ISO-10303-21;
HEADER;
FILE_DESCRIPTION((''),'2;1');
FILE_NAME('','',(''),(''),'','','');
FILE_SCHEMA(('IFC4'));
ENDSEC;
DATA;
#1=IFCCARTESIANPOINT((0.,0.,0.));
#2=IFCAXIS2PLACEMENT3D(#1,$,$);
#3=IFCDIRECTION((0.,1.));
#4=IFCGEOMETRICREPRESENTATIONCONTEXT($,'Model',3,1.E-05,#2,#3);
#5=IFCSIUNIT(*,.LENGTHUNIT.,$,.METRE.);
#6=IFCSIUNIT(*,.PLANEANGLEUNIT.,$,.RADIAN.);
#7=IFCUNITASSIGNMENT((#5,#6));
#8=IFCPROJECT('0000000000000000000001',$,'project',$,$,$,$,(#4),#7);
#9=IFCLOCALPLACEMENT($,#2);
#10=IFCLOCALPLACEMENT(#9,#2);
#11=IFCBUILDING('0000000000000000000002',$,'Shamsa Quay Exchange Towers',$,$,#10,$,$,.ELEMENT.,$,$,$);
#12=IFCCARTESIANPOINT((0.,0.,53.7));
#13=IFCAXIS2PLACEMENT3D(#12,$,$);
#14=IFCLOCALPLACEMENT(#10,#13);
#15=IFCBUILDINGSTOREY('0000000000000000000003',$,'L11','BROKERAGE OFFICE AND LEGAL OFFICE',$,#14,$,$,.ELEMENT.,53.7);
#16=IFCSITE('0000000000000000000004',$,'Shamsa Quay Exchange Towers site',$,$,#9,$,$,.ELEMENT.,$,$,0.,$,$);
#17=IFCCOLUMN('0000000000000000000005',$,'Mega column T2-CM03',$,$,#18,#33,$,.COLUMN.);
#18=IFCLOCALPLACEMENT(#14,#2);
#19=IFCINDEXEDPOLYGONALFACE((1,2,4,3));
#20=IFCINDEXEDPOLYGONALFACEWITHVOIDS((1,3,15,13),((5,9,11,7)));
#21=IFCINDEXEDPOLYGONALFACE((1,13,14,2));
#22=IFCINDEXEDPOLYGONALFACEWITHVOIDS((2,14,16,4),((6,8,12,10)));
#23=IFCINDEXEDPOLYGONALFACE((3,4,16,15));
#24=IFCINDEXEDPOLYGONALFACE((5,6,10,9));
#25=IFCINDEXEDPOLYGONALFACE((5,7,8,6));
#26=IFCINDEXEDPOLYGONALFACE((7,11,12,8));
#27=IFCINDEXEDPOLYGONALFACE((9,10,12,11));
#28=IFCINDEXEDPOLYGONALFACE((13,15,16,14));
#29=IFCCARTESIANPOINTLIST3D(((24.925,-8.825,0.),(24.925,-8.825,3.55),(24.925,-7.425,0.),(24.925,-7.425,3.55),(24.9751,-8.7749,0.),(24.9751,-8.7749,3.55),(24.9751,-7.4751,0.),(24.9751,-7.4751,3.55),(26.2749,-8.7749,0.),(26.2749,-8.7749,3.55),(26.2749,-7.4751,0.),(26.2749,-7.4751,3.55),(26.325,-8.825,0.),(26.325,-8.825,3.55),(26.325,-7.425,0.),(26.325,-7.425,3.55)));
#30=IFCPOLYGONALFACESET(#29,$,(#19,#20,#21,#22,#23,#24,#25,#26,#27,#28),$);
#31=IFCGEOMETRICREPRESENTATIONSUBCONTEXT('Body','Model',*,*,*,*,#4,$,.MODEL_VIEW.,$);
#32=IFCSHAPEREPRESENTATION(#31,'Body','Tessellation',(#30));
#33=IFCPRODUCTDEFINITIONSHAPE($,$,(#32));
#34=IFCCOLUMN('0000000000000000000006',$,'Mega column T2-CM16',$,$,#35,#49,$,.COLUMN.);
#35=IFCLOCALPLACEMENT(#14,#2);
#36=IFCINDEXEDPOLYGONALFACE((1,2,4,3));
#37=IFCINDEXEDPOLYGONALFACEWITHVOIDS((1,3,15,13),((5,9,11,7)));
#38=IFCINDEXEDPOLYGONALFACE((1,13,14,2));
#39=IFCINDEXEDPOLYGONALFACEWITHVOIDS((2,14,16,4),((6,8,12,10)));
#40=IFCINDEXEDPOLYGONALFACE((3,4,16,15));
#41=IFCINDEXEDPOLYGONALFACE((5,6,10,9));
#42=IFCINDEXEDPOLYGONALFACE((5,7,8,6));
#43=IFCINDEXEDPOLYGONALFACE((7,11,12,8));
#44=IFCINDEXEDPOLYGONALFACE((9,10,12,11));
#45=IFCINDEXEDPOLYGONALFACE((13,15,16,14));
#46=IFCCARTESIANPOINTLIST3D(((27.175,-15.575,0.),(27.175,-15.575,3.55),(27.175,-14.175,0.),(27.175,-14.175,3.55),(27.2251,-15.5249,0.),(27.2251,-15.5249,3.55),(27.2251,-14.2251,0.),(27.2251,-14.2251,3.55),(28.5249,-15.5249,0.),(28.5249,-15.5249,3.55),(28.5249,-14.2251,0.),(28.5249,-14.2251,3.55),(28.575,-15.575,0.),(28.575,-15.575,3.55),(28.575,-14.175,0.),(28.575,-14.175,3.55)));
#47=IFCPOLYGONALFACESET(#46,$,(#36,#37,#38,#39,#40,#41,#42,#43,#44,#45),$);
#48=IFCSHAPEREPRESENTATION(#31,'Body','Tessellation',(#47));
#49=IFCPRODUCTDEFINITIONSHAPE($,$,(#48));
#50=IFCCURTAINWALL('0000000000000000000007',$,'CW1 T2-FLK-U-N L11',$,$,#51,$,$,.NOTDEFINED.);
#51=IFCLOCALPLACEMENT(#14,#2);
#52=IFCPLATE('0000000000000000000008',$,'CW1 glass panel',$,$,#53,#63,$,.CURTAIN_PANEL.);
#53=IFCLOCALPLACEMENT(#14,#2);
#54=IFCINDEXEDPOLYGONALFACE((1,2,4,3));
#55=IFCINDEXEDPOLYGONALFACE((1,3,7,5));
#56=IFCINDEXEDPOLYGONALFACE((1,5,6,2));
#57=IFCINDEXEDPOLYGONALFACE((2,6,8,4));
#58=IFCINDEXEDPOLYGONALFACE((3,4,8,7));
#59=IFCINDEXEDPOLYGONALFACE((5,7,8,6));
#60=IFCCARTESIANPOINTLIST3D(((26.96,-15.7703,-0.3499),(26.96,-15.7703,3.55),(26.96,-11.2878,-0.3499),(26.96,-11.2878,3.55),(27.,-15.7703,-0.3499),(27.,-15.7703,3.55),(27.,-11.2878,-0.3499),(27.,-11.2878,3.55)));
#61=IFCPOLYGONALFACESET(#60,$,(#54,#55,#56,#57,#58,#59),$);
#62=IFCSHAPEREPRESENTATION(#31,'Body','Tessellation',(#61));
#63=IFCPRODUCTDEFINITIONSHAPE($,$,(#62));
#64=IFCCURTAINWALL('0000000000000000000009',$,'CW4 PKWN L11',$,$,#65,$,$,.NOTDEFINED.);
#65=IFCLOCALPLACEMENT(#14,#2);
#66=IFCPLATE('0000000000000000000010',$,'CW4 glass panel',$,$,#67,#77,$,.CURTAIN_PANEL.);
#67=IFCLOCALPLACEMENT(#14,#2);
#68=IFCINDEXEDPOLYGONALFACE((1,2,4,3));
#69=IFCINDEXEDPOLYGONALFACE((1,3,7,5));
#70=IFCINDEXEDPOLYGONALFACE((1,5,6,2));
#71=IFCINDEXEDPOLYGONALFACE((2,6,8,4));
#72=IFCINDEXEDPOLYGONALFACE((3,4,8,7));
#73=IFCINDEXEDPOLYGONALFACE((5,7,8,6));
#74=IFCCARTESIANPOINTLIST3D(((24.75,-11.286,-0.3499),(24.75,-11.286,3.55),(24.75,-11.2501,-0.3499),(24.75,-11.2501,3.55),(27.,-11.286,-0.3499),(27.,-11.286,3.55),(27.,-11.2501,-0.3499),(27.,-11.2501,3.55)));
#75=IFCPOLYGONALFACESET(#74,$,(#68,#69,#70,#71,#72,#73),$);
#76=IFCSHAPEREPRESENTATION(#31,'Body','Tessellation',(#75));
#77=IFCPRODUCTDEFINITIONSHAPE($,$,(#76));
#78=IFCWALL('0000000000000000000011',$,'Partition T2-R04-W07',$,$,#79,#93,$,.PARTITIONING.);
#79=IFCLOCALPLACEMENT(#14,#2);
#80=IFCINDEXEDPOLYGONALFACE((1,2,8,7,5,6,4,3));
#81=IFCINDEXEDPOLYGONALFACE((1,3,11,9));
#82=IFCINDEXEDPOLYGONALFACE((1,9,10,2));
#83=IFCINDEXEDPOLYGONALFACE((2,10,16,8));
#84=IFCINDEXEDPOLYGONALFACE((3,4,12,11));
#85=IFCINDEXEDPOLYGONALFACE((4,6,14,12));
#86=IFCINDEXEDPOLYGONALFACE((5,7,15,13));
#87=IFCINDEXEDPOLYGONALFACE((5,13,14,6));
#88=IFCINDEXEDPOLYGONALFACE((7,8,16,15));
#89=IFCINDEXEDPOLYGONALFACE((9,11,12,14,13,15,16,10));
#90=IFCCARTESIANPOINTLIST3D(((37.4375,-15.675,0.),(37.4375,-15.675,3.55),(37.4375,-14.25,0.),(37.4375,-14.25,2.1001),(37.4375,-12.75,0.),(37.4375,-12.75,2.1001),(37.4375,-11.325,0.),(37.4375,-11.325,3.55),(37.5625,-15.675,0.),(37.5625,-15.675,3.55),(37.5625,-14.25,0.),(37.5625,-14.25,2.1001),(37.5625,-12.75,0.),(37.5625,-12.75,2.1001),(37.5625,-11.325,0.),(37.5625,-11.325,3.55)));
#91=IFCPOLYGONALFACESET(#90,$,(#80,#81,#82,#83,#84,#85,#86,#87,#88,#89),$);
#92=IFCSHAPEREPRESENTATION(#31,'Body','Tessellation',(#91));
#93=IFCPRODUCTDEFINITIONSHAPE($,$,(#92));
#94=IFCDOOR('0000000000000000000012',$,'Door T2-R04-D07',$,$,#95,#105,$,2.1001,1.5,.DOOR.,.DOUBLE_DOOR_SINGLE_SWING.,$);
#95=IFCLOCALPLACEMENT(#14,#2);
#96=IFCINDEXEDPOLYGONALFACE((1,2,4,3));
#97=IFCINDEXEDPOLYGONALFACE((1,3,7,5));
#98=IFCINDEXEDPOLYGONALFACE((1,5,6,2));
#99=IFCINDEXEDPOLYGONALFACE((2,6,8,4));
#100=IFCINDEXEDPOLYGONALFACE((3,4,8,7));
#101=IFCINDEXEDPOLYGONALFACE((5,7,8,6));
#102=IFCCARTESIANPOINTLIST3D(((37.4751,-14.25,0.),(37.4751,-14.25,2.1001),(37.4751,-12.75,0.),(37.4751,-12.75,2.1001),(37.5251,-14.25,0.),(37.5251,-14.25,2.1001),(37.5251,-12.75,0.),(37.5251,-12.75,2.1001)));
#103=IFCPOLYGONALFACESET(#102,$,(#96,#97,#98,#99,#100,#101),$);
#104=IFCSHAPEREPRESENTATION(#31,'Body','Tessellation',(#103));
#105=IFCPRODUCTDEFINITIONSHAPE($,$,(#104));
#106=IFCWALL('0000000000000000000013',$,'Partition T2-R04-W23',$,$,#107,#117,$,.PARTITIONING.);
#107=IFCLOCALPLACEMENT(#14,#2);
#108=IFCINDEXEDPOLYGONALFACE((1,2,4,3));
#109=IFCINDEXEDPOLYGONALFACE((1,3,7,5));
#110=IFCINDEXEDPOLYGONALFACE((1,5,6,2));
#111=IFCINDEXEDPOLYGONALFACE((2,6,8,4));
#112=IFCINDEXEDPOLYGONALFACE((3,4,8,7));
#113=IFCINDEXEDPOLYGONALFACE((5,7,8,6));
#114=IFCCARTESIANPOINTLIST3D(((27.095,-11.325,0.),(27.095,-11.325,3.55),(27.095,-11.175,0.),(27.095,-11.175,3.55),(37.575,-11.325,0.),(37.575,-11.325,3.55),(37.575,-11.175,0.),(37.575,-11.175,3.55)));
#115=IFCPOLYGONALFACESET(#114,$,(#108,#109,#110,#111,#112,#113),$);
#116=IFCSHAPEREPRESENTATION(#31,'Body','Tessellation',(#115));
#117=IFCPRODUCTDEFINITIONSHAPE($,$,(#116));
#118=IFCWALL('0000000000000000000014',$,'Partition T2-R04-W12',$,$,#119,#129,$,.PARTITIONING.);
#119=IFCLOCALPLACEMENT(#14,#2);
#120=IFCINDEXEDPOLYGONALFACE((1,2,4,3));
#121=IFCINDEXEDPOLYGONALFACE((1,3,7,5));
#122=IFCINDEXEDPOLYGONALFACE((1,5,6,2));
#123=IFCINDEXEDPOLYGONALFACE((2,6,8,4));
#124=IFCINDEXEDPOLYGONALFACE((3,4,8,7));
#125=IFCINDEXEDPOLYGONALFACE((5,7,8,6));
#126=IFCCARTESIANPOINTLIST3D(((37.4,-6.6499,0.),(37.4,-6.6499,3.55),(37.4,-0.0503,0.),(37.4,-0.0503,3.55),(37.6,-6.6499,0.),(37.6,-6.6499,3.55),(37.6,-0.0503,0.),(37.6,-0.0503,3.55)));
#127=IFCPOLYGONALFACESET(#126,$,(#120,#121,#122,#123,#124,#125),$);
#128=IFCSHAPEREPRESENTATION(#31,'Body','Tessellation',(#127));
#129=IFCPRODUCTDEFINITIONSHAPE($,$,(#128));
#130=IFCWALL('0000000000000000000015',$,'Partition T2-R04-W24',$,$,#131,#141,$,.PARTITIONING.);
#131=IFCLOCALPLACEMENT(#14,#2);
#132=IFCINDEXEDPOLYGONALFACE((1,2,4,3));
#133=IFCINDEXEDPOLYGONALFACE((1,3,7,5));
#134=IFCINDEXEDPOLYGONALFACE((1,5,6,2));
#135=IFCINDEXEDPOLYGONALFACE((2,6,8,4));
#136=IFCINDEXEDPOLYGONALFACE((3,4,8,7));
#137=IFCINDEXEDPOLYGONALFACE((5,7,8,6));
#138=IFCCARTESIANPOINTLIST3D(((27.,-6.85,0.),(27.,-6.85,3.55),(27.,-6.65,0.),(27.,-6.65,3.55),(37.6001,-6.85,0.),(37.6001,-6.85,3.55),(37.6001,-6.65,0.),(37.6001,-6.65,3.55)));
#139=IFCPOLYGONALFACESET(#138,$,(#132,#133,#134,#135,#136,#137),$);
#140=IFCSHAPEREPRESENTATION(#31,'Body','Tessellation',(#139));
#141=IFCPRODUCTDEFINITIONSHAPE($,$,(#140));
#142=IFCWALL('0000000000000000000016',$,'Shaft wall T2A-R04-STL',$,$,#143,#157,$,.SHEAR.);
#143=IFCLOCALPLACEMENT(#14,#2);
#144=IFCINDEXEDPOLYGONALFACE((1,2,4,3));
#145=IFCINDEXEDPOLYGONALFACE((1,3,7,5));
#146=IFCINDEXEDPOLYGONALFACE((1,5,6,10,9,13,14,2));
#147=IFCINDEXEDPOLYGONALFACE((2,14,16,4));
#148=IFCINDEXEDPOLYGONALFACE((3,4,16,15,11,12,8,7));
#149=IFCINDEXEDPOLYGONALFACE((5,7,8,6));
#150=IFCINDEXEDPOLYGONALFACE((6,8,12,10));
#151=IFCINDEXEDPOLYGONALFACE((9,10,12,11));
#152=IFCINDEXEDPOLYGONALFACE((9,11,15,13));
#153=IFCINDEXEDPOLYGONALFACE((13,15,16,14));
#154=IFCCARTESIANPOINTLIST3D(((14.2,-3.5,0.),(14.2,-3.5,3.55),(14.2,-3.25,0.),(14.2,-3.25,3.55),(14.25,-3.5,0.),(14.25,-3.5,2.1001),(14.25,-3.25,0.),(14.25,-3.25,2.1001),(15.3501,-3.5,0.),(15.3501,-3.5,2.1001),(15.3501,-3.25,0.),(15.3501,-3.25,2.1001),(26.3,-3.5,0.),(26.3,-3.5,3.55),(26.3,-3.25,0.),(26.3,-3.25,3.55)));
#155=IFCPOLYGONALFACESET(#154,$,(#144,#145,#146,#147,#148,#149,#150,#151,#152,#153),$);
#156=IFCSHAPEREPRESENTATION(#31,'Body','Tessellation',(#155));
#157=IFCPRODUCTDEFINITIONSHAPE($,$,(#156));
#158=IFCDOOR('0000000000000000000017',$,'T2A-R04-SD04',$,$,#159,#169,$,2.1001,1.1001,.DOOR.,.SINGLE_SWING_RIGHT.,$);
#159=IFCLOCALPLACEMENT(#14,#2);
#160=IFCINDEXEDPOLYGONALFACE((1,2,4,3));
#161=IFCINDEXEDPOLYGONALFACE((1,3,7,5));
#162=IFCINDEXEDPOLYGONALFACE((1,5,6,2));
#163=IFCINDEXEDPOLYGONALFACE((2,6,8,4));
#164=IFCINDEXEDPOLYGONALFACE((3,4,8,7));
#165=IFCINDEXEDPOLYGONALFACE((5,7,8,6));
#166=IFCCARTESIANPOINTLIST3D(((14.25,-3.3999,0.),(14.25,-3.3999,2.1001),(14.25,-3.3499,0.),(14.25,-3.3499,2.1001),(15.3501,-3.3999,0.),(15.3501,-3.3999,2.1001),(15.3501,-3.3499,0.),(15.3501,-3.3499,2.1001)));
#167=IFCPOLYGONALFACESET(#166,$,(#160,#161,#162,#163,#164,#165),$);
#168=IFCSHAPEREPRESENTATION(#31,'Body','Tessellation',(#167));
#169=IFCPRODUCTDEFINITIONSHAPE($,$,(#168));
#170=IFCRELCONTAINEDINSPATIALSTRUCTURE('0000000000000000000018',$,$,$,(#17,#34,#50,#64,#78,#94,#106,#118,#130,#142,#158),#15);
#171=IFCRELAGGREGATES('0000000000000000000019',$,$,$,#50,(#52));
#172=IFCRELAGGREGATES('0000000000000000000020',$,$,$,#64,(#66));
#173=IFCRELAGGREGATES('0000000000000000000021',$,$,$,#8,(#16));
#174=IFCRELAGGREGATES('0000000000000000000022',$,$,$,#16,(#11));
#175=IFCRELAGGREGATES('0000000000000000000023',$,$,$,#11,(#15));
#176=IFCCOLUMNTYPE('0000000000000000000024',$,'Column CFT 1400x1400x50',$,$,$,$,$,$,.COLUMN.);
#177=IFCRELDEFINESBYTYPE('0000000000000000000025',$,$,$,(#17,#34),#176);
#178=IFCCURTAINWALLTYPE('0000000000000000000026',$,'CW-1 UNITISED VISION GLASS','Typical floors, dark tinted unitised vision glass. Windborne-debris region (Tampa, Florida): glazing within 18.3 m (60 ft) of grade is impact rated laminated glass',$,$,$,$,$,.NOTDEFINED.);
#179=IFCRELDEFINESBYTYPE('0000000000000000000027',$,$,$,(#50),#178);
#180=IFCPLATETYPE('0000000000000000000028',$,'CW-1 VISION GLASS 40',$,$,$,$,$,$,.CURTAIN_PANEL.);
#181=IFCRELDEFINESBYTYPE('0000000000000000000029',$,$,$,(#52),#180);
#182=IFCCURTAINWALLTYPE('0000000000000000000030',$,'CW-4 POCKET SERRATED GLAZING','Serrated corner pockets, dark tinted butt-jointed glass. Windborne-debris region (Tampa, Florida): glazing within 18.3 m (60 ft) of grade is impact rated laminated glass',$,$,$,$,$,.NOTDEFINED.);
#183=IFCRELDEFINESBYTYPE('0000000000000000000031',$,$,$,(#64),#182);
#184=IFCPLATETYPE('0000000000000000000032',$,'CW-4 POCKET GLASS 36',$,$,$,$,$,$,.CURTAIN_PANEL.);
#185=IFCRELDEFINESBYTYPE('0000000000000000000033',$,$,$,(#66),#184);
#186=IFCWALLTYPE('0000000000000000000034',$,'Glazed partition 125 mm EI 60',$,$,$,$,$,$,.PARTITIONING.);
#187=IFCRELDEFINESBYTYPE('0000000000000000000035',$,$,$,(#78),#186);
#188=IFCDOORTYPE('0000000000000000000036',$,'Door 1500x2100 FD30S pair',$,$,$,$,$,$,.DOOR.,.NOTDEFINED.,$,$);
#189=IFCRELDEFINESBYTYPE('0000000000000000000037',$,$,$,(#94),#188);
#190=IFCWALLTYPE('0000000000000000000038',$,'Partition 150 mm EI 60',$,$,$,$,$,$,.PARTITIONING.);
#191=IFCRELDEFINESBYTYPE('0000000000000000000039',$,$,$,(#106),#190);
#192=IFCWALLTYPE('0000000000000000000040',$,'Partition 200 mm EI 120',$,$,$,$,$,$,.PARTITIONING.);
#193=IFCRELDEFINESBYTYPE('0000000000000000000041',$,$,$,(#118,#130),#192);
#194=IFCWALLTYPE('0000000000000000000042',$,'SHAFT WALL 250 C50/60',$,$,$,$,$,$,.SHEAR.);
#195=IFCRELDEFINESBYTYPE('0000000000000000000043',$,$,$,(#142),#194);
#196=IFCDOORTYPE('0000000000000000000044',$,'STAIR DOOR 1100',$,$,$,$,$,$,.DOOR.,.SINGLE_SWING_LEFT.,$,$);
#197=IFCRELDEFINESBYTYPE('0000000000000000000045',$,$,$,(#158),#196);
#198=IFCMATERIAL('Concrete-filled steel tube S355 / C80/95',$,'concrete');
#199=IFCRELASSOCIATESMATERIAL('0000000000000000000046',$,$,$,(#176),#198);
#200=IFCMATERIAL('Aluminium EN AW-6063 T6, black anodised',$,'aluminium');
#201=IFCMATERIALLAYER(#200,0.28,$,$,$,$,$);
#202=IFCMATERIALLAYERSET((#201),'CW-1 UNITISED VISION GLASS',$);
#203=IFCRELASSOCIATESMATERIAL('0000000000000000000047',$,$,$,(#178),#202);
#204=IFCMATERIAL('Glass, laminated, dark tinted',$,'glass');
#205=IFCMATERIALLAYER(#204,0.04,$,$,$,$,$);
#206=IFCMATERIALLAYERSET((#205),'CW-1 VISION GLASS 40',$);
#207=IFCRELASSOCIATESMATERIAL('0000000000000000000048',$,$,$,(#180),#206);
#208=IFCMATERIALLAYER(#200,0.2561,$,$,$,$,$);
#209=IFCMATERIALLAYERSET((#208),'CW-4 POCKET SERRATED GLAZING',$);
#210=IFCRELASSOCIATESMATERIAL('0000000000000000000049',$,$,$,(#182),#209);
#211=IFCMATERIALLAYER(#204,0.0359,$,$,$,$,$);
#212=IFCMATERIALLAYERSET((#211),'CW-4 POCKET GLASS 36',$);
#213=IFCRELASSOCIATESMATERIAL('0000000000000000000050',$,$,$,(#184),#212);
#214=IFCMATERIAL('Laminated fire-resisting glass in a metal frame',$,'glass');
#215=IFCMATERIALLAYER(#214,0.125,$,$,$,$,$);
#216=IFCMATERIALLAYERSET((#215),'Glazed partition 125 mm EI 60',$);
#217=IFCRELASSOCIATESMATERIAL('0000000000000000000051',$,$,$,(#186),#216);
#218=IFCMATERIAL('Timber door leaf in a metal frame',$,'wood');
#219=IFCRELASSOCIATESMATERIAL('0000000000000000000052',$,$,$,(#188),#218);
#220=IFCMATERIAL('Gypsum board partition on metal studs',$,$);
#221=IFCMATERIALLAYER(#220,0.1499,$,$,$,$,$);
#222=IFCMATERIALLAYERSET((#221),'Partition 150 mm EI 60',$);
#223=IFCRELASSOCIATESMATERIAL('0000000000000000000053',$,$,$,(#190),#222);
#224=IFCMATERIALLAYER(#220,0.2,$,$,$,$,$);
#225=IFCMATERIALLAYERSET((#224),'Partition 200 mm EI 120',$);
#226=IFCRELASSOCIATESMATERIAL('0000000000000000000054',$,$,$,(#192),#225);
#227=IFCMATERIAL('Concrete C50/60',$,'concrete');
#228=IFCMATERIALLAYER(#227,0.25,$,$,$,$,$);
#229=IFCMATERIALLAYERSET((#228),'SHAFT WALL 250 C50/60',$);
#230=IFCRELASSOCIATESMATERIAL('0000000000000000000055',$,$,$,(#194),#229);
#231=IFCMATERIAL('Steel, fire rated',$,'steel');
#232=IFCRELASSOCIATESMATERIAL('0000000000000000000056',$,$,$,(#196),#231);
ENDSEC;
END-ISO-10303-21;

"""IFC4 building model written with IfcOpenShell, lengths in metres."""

from ifc_helpers import new_model, si_unit, direction, frame, frame_2d, origin, origin_2d, place, context, subcontext, project, spatial, rectangle, hollow_rectangle, extrude, material, layer, layer_set, material_profile, profile_set, type_object, element, fill, aggregate, save


model = new_model("IFC4")

# Units and contexts
model_context = context("Model", 3, precision=1e-05, world=origin(), true_north=direction((0.0, 1.0)))
body_context = subcontext(model_context, "Body", "Model", "MODEL_VIEW")
ifc_project = project(units=[si_unit("LENGTHUNIT", "METRE"), si_unit("PLANEANGLEUNIT", "RADIAN")], contexts=[model_context])

# Site, building, storey
site_placement = place(None, origin())
site = spatial("IfcSite", under=ifc_project, at=site_placement, Name="Shamsa Quay Exchange Towers site", CompositionType="ELEMENT", RefElevation=0.0)
building_placement = place(site_placement, origin())
building = spatial("IfcBuilding", under=site, at=building_placement, Name="Shamsa Quay Exchange Towers", CompositionType="ELEMENT")
storey_placement = place(building_placement, frame((0.0, 0.0, 53.7)))
storey = spatial("IfcBuildingStorey", under=building, at=storey_placement, Name="L11", Description="BROKERAGE OFFICE AND LEGAL OFFICE", CompositionType="ELEMENT", Elevation=53.7)

# Columns
ifc_material_1 = material(Name="Concrete-filled steel tube S355 / C80/95", Category="concrete")
ifc_material_profile = material_profile(ifc_material_1, hollow_rectangle(XDim=1.3999, YDim=1.3999, WallThickness=0.05, at=origin_2d()), Name="CFT 1400x1400x50")
ifc_profile_set = profile_set([ifc_material_profile], Name="Concrete-filled steel tube S355 / C80/95")
column_type = type_object("IfcColumnType", Name="Column CFT 1400x1400x50", PredefinedType="COLUMN", material=ifc_profile_set)
for number, where, name in (
    (1, (25.625, -8.125, 0.0), "Mega column T2-CM03"),
    (2, (27.875, -14.875, 0.0), "Mega column T2-CM16"),
):
    element("IfcColumn", number, at=place(storey_placement, frame(where)), inside=storey, type_object=column_type, Name=name, PredefinedType="COLUMN", context=body_context, shape_type="SweptSolid", body=[
        extrude(hollow_rectangle(XDim=1.3999, YDim=1.3999, WallThickness=0.05, at=origin_2d()), origin(), (0.0, 0.0, 1.0), 3.55),
    ])

# Curtain walls, plates
ifc_material_2 = material(Name="Aluminium EN AW-6063 T6, black anodised", Category="aluminium")
ifc_layer_1 = layer(ifc_material_2, 0.28)
ifc_layer_set_1 = layer_set([ifc_layer_1], Name="CW-1 UNITISED VISION GLASS")
curtain_wall_type_1 = type_object("IfcCurtainWallType", Name="CW-1 UNITISED VISION GLASS", Description="Typical floors, dark tinted unitised vision glass. Windborne-debris region (Tampa, Florida): glazing within 18.3 m (60 ft) of grade is impact rated laminated glass", PredefinedType="NOTDEFINED", material=ifc_layer_set_1)
curtain_wall_1_placement = place(storey_placement, origin())
curtain_wall_1 = element("IfcCurtainWall", 3, at=curtain_wall_1_placement, inside=storey, type_object=curtain_wall_type_1, Name="CW1 T2-FLK-U-N L11", PredefinedType="NOTDEFINED")
ifc_material_3 = material(Name="Glass, laminated, dark tinted", Category="glass")
ifc_layer_2 = layer(ifc_material_3, 0.04)
ifc_layer_set_2 = layer_set([ifc_layer_2], Name="CW-1 VISION GLASS 40")
plate_type_1 = type_object("IfcPlateType", Name="CW-1 VISION GLASS 40", PredefinedType="CURTAIN_PANEL", material=ifc_layer_set_2)
plate_1_placement = place(storey_placement, frame((26.98, -13.5291, -0.3499), z_axis=(0.0, 0.0, 1.0), x_axis=(0.0, -1.0, 0.0)))
plate_1 = element("IfcPlate", 4, at=plate_1_placement, type_object=plate_type_1, Name="CW1 glass panel", PredefinedType="CURTAIN_PANEL", context=body_context, shape_type="SweptSolid", body=[
    extrude(rectangle(XDim=4.4824, YDim=0.04, at=origin_2d()), origin(), (0.0, 0.0, 1.0), 3.8999),
])
aggregate(curtain_wall_1, [plate_1])
ifc_layer_3 = layer(ifc_material_2, 0.2561)
ifc_layer_set_3 = layer_set([ifc_layer_3], Name="CW-4 POCKET SERRATED GLAZING")
curtain_wall_type_2 = type_object("IfcCurtainWallType", Name="CW-4 POCKET SERRATED GLAZING", Description="Serrated corner pockets, dark tinted butt-jointed glass. Windborne-debris region (Tampa, Florida): glazing within 18.3 m (60 ft) of grade is impact rated laminated glass", PredefinedType="NOTDEFINED", material=ifc_layer_set_3)
curtain_wall_2_placement = place(storey_placement, origin())
curtain_wall_2 = element("IfcCurtainWall", 5, at=curtain_wall_2_placement, inside=storey, type_object=curtain_wall_type_2, Name="CW4 PKWN L11", PredefinedType="NOTDEFINED")
ifc_layer_4 = layer(ifc_material_3, 0.0359)
ifc_layer_set_4 = layer_set([ifc_layer_4], Name="CW-4 POCKET GLASS 36")
plate_type_2 = type_object("IfcPlateType", Name="CW-4 POCKET GLASS 36", PredefinedType="CURTAIN_PANEL", material=ifc_layer_set_4)
plate_2_placement = place(storey_placement, frame((25.875, -11.2681, -0.3499)))
plate_2 = element("IfcPlate", 6, at=plate_2_placement, type_object=plate_type_2, Name="CW4 glass panel", PredefinedType="CURTAIN_PANEL", context=body_context, shape_type="SweptSolid", body=[
    extrude(rectangle(XDim=2.25, YDim=0.0359, at=origin_2d()), origin(), (0.0, 0.0, 1.0), 3.8999),
])
aggregate(curtain_wall_2, [plate_2])

# Wall, opening, door
ifc_material_4 = material(Name="Laminated fire-resisting glass in a metal frame", Category="glass")
ifc_layer_5 = layer(ifc_material_4, 0.125)
ifc_layer_set_5 = layer_set([ifc_layer_5], Name="Glazed partition 125 mm EI 60")
wall_type_1 = type_object("IfcWallType", Name="Glazed partition 125 mm EI 60", PredefinedType="PARTITIONING", material=ifc_layer_set_5)
wall_1_placement = place(storey_placement, frame((37.5, -15.675, 0.0), z_axis=(0.0, 0.0, 1.0), x_axis=(0.0, 1.0, 0.0)))
wall_1 = element("IfcWall", 7, at=wall_1_placement, inside=storey, type_object=wall_type_1, Name="Partition T2-R04-W07", PredefinedType="PARTITIONING", context=body_context, shape_type="SweptSolid", body=[
    extrude(rectangle(XDim=4.3501, YDim=0.125, at=frame_2d((2.175, 0.0))), origin(), (0.0, 0.0, 1.0), 3.55),
])
opening_1_placement = place(wall_1_placement, frame((1.425, 0.0, 0.0)))
opening_1 = element("IfcOpeningElement", 8, at=opening_1_placement, cuts=wall_1, PredefinedType="OPENING", context=body_context, shape_type="SweptSolid", body=[
    extrude(rectangle(XDim=1.5, YDim=2.1001, at=frame_2d((0.75, 1.05))), frame((0.0, 0.0725, 0.0), z_axis=(0.0, -1.0, 0.0), x_axis=(1.0, 0.0, 0.0)), (0.0, 0.0, 1.0), 0.145),
])
ifc_material_5 = material(Name="Timber door leaf in a metal frame", Category="wood")
door_type_1 = type_object("IfcDoorType", Name="Door 1500x2100 FD30S pair", OperationType="NOTDEFINED", PredefinedType="DOOR", material=ifc_material_5)
door_1_placement = place(opening_1_placement, origin())
door_1 = element("IfcDoor", 9, at=door_1_placement, inside=storey, type_object=door_type_1, Name="Door T2-R04-D07", OperationType="DOUBLE_DOOR_SINGLE_SWING", OverallHeight=2.1001, OverallWidth=1.5, PredefinedType="DOOR", context=body_context, shape_type="SweptSolid", body=[
    extrude(rectangle(XDim=1.5, YDim=2.1001, at=frame_2d((0.75, 1.05))), frame((0.0, 0.0249, 0.0), z_axis=(0.0, -1.0, 0.0), x_axis=(1.0, 0.0, 0.0)), (0.0, 0.0, 1.0), 0.05),
])
fill(opening_1, door_1)
ifc_material_6 = material(Name="Gypsum board partition on metal studs")
ifc_layer_6 = layer(ifc_material_6, 0.1499)
ifc_layer_set_6 = layer_set([ifc_layer_6], Name="Partition 150 mm EI 60")
wall_type_2 = type_object("IfcWallType", Name="Partition 150 mm EI 60", PredefinedType="PARTITIONING", material=ifc_layer_set_6)

# Walls
wall_2_placement = place(storey_placement, frame((27.095, -11.25, 0.0)))
element("IfcWall", 10, at=wall_2_placement, inside=storey, type_object=wall_type_2, Name="Partition T2-R04-W23", PredefinedType="PARTITIONING", context=body_context, shape_type="SweptSolid", body=[
    extrude(rectangle(XDim=10.48, YDim=0.1499, at=frame_2d((5.24, 0.0))), origin(), (0.0, 0.0, 1.0), 3.55),
])
ifc_layer_7 = layer(ifc_material_6, 0.2)
ifc_layer_set_7 = layer_set([ifc_layer_7], Name="Partition 200 mm EI 120")
wall_type_3 = type_object("IfcWallType", Name="Partition 200 mm EI 120", PredefinedType="PARTITIONING", material=ifc_layer_set_7)
wall_3_placement = place(storey_placement, frame((37.5, -6.6499, 0.0), z_axis=(0.0, 0.0, 1.0), x_axis=(0.0, 1.0, 0.0)))
element("IfcWall", 11, at=wall_3_placement, inside=storey, type_object=wall_type_3, Name="Partition T2-R04-W12", PredefinedType="PARTITIONING", context=body_context, shape_type="SweptSolid", body=[
    extrude(rectangle(XDim=6.5996, YDim=0.2, at=frame_2d((3.2998, 0.0))), origin(), (0.0, 0.0, 1.0), 3.55),
])
wall_4_placement = place(storey_placement, frame((37.6001, -6.75, 0.0), z_axis=(0.0, 0.0, 1.0), x_axis=(-1.0, 0.0, 0.0)))
element("IfcWall", 12, at=wall_4_placement, inside=storey, type_object=wall_type_3, Name="Partition T2-R04-W24", PredefinedType="PARTITIONING", context=body_context, shape_type="SweptSolid", body=[
    extrude(rectangle(XDim=10.6001, YDim=0.2, at=frame_2d((5.3, 0.0))), origin(), (0.0, 0.0, 1.0), 3.55),
])

# Wall, opening, door
ifc_material_7 = material(Name="Concrete C50/60", Category="concrete")
ifc_layer_8 = layer(ifc_material_7, 0.25)
ifc_layer_set_8 = layer_set([ifc_layer_8], Name="SHAFT WALL 250 C50/60")
wall_type_4 = type_object("IfcWallType", Name="SHAFT WALL 250 C50/60", PredefinedType="SHEAR", material=ifc_layer_set_8)
wall_5_placement = place(storey_placement, frame((26.3, -3.375, 0.0), z_axis=(0.0, 0.0, 1.0), x_axis=(-1.0, 0.0, 0.0)))
wall_5 = element("IfcWall", 13, at=wall_5_placement, inside=storey, type_object=wall_type_4, Name="Shaft wall T2A-R04-STL", PredefinedType="SHEAR", context=body_context, shape_type="SweptSolid", body=[
    extrude(rectangle(XDim=12.1001, YDim=0.25, at=frame_2d((6.05, 0.0))), origin(), (0.0, 0.0, 1.0), 3.55),
])
opening_2_placement = place(wall_5_placement, frame((10.95, 0.0, 0.0)))
opening_2 = element("IfcOpeningElement", 14, at=opening_2_placement, cuts=wall_5, PredefinedType="OPENING", context=body_context, shape_type="SweptSolid", body=[
    extrude(rectangle(XDim=1.1001, YDim=2.1001, at=frame_2d((0.55, 1.05))), frame((0.0, 0.135, 0.0), z_axis=(0.0, -1.0, 0.0), x_axis=(1.0, 0.0, 0.0)), (0.0, 0.0, 1.0), 0.27),
])
ifc_material_8 = material(Name="Steel, fire rated", Category="steel")
door_type_2 = type_object("IfcDoorType", Name="STAIR DOOR 1100", OperationType="SINGLE_SWING_LEFT", PredefinedType="DOOR", material=ifc_material_8)
door_2_placement = place(opening_2_placement, origin())
door_2 = element("IfcDoor", 15, at=door_2_placement, inside=storey, type_object=door_type_2, Name="T2A-R04-SD04", OperationType="SINGLE_SWING_RIGHT", OverallHeight=2.1001, OverallWidth=1.1001, PredefinedType="DOOR", context=body_context, shape_type="SweptSolid", body=[
    extrude(rectangle(XDim=1.1001, YDim=2.1001, at=frame_2d((0.55, 1.05))), frame((0.0, 0.0249, 0.0), z_axis=(0.0, -1.0, 0.0), x_axis=(1.0, 0.0, 0.0)), (0.0, 0.0, 1.0), 0.05),
])
fill(opening_2, door_2)

save(model, "model.ifc")
